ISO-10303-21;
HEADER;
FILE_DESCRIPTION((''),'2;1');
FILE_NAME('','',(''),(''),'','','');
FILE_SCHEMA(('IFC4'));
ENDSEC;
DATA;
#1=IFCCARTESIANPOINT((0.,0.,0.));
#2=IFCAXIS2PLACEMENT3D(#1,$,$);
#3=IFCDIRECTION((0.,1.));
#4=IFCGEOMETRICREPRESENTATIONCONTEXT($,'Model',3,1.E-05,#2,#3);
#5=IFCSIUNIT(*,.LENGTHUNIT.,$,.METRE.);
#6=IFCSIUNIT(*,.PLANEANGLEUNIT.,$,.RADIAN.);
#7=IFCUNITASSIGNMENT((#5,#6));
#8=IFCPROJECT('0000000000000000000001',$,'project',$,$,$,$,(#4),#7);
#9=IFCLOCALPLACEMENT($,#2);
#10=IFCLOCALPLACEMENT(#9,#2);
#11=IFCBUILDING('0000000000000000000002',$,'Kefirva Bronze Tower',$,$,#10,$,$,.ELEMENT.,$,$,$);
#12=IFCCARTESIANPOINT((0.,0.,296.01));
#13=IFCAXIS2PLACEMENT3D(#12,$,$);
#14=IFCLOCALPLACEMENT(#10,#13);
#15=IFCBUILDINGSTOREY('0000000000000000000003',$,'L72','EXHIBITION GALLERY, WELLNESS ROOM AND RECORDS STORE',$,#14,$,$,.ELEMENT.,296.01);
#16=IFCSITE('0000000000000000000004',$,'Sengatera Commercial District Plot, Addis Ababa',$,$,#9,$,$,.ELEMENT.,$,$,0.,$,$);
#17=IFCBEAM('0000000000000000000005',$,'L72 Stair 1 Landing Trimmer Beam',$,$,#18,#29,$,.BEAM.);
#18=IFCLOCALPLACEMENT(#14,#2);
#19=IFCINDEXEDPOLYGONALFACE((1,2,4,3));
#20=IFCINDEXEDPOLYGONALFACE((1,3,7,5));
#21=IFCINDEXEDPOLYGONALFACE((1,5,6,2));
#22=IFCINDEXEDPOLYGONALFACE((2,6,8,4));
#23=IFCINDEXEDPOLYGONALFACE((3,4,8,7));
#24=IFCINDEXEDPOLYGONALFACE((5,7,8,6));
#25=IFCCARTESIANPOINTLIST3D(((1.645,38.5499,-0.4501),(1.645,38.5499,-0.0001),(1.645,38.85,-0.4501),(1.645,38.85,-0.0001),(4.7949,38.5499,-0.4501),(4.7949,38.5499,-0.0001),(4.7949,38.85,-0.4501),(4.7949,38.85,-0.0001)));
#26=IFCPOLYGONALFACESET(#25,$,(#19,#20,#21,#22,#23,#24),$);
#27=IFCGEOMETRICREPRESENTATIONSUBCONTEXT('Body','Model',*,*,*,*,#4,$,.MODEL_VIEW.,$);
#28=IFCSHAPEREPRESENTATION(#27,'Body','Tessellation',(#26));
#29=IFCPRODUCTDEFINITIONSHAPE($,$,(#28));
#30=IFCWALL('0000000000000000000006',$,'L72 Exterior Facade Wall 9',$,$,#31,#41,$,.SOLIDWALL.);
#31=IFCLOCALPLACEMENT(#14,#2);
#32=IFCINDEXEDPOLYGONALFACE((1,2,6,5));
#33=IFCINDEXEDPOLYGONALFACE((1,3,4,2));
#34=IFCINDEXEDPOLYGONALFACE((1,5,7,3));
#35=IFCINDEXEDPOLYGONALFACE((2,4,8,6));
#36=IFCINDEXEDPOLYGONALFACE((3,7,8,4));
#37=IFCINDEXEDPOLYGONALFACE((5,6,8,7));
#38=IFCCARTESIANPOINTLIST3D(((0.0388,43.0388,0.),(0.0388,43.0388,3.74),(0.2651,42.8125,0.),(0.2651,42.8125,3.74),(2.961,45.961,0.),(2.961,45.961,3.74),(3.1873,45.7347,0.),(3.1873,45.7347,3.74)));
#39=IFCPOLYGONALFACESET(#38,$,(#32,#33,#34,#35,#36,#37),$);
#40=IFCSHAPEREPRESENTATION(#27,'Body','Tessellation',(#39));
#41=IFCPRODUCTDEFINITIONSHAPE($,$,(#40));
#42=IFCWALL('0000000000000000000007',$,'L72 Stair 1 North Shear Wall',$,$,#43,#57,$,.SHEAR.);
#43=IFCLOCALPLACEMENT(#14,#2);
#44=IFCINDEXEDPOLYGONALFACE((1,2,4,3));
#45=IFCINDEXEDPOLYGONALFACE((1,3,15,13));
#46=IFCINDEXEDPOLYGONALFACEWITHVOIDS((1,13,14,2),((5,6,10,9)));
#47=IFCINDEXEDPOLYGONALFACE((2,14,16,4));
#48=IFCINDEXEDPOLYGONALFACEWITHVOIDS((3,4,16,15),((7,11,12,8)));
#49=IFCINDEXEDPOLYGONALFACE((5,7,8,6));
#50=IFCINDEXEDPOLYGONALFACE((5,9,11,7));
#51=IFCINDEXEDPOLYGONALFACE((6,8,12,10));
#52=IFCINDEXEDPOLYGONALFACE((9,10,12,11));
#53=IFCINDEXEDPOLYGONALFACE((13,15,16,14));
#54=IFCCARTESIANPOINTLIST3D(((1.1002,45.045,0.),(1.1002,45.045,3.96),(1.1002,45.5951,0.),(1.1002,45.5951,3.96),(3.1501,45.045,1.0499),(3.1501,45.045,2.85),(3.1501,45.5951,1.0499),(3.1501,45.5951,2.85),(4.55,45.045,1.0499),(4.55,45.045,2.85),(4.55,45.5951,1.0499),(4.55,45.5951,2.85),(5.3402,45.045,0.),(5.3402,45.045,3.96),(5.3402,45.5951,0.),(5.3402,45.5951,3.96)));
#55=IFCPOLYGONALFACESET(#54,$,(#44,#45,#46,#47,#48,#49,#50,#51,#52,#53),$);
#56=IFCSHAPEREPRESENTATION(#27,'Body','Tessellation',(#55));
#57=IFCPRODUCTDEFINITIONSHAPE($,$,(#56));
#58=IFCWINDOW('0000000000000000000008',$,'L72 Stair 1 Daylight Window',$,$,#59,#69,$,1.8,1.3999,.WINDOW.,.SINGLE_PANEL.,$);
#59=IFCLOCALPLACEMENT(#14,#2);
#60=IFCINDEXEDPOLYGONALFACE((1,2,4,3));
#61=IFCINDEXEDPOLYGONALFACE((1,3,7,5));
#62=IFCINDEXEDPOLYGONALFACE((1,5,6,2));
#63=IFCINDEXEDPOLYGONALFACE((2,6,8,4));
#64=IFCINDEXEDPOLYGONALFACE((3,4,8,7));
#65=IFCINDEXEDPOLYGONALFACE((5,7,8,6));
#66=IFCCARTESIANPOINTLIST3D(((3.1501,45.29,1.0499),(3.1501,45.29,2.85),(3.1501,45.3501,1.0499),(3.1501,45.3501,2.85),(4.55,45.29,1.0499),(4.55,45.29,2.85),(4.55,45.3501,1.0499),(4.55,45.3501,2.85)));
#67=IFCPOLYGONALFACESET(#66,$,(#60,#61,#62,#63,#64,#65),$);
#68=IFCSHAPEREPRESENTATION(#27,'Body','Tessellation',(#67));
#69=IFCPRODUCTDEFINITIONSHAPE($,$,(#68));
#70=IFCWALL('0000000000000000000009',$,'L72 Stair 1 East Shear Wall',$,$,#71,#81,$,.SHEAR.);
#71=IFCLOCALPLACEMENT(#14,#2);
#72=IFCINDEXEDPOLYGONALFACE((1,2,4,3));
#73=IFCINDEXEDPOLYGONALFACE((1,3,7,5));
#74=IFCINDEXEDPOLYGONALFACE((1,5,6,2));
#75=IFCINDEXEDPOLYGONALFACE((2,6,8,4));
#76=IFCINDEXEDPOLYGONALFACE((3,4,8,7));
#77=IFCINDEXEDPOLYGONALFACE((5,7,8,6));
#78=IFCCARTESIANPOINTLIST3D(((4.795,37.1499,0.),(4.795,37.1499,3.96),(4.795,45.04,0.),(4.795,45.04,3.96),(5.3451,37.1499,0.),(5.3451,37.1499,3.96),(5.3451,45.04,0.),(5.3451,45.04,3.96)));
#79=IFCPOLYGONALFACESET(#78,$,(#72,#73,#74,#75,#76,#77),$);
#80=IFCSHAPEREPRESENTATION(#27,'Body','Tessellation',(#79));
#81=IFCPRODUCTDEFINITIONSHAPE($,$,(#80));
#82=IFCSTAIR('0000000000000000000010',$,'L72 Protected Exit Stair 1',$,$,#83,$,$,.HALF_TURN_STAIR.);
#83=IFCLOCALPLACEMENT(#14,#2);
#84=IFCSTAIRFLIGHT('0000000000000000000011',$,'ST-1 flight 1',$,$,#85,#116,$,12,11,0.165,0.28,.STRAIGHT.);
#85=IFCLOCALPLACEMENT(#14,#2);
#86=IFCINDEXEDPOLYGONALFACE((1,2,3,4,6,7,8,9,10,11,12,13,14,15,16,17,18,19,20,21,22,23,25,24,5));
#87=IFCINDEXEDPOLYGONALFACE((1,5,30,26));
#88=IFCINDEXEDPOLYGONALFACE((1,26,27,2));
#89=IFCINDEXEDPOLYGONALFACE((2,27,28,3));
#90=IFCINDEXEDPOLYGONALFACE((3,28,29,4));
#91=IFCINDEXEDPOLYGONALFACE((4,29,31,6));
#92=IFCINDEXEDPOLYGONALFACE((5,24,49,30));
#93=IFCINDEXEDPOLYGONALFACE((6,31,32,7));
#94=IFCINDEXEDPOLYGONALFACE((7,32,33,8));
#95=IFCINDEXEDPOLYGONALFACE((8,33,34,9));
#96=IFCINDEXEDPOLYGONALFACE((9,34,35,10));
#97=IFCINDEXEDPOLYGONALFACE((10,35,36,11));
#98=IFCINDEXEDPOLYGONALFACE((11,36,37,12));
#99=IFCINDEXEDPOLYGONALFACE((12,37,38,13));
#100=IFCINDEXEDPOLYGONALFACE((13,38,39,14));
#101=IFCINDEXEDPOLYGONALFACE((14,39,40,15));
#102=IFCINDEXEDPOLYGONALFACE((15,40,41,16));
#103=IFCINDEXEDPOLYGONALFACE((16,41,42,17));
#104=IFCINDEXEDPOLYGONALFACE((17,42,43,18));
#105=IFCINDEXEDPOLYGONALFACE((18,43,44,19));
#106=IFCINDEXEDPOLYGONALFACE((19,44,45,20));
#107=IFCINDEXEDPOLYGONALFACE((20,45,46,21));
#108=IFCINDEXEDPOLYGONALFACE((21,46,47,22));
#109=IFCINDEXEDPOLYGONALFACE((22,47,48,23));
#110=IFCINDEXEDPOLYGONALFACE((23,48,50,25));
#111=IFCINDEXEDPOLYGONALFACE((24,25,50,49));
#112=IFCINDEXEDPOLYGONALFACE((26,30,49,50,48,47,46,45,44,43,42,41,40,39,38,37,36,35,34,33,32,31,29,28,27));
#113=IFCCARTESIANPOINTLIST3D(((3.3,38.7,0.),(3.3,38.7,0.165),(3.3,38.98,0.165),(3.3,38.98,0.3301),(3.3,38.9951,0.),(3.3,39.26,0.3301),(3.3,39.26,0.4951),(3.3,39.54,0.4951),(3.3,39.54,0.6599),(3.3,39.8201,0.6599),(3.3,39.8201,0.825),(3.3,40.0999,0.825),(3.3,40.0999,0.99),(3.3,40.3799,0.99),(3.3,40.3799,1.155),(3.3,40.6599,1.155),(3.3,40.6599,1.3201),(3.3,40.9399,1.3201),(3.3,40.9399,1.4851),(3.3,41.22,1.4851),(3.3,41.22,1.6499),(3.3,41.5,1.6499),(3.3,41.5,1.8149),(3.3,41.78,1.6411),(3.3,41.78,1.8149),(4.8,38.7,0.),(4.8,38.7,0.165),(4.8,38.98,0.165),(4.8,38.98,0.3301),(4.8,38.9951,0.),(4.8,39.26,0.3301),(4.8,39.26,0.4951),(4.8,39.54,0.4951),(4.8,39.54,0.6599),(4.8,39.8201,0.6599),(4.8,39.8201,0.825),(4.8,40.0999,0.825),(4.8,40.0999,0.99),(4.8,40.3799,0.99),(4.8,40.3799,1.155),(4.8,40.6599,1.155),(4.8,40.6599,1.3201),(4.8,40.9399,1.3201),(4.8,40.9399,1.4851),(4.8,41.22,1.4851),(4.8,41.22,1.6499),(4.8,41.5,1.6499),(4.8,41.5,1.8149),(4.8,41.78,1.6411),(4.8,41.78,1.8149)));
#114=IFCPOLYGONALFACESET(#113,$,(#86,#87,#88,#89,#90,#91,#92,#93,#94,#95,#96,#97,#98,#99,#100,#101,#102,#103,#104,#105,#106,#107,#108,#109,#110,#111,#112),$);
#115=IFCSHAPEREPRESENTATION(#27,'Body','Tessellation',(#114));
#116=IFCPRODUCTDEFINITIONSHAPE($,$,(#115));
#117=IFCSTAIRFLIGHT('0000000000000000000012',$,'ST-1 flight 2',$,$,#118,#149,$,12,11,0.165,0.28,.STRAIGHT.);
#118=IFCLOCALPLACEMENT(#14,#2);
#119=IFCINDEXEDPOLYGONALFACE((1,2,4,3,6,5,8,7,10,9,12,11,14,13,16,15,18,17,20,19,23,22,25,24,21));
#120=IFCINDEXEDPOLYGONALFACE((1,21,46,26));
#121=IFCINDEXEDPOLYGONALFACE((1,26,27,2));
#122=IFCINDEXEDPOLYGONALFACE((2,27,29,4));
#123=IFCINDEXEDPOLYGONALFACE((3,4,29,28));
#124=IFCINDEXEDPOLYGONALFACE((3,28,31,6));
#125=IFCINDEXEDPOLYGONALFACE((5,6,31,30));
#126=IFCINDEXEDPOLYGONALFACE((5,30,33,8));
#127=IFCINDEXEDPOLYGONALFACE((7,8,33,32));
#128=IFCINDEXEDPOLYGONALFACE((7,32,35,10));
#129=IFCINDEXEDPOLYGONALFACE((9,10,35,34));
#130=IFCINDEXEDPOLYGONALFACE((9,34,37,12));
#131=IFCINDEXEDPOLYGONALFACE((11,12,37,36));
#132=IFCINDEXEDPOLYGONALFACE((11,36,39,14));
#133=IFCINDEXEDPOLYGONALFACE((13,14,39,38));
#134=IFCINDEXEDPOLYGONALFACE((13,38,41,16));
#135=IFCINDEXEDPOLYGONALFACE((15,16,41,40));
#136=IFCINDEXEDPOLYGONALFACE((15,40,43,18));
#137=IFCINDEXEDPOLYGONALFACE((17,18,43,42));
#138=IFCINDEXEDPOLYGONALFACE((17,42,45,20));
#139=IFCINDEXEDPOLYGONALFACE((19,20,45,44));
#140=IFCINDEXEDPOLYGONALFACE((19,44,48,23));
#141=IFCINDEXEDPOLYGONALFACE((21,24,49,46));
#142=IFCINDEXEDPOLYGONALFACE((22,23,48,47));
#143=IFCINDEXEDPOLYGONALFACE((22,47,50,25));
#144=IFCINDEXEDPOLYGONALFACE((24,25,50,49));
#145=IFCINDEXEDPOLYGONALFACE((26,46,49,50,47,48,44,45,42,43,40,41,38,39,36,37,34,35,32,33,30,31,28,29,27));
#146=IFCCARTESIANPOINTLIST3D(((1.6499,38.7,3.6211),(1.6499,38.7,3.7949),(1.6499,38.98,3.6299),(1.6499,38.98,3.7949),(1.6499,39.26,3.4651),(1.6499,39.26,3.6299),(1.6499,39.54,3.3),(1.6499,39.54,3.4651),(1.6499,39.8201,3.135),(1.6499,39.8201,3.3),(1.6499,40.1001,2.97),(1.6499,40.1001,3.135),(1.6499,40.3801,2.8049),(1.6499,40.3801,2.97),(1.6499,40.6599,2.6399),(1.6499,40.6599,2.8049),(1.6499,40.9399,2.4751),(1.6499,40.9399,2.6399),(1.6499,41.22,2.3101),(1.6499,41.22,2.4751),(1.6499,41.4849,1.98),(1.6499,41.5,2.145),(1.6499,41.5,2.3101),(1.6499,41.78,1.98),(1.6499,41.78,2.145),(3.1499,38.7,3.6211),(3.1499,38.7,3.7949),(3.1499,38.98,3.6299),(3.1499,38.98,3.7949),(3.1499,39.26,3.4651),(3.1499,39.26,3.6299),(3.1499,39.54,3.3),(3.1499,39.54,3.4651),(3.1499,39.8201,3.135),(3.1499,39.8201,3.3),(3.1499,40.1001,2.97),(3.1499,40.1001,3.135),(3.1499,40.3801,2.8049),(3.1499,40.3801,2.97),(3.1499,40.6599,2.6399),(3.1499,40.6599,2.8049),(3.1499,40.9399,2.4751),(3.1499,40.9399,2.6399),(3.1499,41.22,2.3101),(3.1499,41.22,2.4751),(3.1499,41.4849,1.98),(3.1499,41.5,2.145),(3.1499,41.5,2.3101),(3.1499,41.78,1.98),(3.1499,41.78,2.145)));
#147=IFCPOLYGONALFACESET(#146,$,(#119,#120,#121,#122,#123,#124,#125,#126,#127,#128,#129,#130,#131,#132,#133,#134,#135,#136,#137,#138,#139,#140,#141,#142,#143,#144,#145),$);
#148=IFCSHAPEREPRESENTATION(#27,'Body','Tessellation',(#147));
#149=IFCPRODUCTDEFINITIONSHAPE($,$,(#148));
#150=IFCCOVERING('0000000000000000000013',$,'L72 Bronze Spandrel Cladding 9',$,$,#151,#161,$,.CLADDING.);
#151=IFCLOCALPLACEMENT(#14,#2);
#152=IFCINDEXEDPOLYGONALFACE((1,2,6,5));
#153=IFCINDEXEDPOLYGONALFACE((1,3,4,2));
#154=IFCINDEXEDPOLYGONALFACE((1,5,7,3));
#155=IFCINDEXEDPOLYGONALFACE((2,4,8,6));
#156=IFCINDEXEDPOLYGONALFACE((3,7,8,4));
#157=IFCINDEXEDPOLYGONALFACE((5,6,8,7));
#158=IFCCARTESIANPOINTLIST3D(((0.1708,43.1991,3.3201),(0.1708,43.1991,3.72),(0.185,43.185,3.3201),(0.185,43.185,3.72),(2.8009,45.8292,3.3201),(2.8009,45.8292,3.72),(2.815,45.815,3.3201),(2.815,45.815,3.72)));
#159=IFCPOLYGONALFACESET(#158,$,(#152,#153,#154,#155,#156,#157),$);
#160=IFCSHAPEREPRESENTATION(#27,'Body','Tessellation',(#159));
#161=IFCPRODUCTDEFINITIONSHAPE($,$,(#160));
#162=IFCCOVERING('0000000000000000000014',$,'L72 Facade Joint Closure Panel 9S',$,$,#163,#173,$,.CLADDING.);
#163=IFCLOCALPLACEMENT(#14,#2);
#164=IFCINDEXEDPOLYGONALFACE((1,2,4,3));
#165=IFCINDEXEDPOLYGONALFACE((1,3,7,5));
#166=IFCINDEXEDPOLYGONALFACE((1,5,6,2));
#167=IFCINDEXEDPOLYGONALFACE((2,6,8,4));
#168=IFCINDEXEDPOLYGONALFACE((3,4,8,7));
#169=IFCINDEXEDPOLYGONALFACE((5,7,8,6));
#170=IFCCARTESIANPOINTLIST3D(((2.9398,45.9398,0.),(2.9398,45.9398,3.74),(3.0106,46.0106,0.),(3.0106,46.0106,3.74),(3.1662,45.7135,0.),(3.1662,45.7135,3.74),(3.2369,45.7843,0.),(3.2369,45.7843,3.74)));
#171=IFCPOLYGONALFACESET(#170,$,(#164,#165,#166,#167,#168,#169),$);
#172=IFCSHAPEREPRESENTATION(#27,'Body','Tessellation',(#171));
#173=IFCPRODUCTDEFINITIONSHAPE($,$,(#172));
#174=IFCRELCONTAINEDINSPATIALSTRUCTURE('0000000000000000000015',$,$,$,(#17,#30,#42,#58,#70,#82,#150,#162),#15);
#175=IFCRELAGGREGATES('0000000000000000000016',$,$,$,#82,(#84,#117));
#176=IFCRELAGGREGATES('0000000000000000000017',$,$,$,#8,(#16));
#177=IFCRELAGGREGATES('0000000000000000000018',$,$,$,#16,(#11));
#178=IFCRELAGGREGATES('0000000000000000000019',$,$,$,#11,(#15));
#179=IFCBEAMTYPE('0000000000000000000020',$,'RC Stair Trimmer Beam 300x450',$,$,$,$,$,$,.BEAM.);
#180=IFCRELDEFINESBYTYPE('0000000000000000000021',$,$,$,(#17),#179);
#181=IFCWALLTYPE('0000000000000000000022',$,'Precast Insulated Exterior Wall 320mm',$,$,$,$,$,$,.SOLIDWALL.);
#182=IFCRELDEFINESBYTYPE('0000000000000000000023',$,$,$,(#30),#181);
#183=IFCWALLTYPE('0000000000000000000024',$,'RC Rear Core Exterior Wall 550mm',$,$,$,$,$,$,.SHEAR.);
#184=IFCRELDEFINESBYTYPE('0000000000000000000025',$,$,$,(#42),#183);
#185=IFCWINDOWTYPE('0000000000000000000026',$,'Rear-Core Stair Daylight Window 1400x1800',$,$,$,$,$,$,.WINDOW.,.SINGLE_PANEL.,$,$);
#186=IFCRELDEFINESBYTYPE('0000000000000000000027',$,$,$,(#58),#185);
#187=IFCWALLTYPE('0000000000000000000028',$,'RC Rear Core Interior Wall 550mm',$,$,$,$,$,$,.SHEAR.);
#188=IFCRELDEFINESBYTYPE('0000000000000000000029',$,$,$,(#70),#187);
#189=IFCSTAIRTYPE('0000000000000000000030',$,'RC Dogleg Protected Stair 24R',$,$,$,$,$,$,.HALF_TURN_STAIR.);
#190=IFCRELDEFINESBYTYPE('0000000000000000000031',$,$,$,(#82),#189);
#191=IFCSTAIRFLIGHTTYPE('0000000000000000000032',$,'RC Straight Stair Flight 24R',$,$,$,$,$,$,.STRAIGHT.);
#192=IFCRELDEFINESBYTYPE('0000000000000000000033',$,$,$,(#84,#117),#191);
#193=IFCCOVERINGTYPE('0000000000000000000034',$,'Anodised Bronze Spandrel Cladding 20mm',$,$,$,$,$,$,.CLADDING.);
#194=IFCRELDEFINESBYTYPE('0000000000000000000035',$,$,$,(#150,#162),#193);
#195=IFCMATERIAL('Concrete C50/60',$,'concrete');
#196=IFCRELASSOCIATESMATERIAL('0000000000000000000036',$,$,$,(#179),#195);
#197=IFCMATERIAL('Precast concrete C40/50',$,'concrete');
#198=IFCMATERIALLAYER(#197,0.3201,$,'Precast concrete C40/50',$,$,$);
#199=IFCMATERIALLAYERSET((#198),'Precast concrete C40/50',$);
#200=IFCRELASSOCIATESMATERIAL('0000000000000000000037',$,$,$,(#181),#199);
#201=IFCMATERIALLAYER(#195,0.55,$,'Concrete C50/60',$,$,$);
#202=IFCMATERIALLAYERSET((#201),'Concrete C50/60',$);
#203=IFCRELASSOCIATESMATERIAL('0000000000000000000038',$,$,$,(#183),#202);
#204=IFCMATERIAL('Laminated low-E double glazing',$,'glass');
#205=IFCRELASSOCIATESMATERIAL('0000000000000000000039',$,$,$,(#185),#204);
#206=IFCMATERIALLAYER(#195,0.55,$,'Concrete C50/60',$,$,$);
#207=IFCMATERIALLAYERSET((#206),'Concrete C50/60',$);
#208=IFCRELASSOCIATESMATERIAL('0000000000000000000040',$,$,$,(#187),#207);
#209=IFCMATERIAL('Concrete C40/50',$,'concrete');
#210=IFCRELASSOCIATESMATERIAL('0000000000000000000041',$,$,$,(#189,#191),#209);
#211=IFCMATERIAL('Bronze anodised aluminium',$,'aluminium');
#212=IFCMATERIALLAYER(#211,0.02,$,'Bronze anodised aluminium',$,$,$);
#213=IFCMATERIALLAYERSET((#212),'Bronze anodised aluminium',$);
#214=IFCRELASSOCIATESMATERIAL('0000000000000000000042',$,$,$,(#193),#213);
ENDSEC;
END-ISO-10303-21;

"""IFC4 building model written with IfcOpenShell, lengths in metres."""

from ifc_helpers import new_model, si_unit, direction, frame, frame_2d, origin, origin_2d, place, context, subcontext, project, spatial, polyline, rectangle, outline, extrude, material, layer, layer_set, material_profile, profile_set, type_object, element, fill, aggregate, save


model = new_model("IFC4")

# Units and contexts
model_context = context("Model", 3, precision=1e-05, world=origin(), true_north=direction((0.0, 1.0)))
body_context = subcontext(model_context, "Body", "Model", "MODEL_VIEW")
ifc_project = project(units=[si_unit("LENGTHUNIT", "METRE"), si_unit("PLANEANGLEUNIT", "RADIAN")], contexts=[model_context])

# Site, building, storey
site_placement = place(None, origin())
site = spatial("IfcSite", under=ifc_project, at=site_placement, Name="Sengatera Commercial District Plot, Addis Ababa", CompositionType="ELEMENT", RefElevation=0.0)
building_placement = place(site_placement, origin())
building = spatial("IfcBuilding", under=site, at=building_placement, Name="Kefirva Bronze Tower", CompositionType="ELEMENT")
storey_placement = place(building_placement, frame((0.0, 0.0, 296.01)))
storey = spatial("IfcBuildingStorey", under=building, at=storey_placement, Name="L72", Description="EXHIBITION GALLERY, WELLNESS ROOM AND RECORDS STORE", CompositionType="ELEMENT", Elevation=296.01)

# Beam
ifc_material_1 = material(Name="Concrete C50/60", Category="concrete")
ifc_material_profile = material_profile(ifc_material_1, rectangle(XDim=0.3, YDim=0.45, at=origin_2d()), Name="RC 300x450")
ifc_profile_set = profile_set([ifc_material_profile], Name="Concrete C50/60")
beam_type = type_object("IfcBeamType", Name="RC Stair Trimmer Beam 300x450", PredefinedType="BEAM", material=ifc_profile_set)
beam_placement = place(storey_placement, frame((1.645, 38.7, -0.2251), z_axis=(1.0, 0.0, 0.0), x_axis=(0.0, 1.0, 0.0)))
element("IfcBeam", 1, at=beam_placement, inside=storey, type_object=beam_type, Name="L72 Stair 1 Landing Trimmer Beam", PredefinedType="BEAM", context=body_context, shape_type="SweptSolid", body=[
    extrude(rectangle(XDim=0.3, YDim=0.45, at=origin_2d()), origin(), (0.0, 0.0, 1.0), 3.1499),
])

# Wall
ifc_material_2 = material(Name="Precast concrete C40/50", Category="concrete")
ifc_layer_1 = layer(ifc_material_2, 0.3201, Name="Precast concrete C40/50")
ifc_layer_set_1 = layer_set([ifc_layer_1], Name="Precast concrete C40/50")
wall_type_1 = type_object("IfcWallType", Name="Precast Insulated Exterior Wall 320mm", PredefinedType="SOLIDWALL", material=ifc_layer_set_1)
wall_1_placement = place(storey_placement, frame((3.0742, 45.8479, 0.0), z_axis=(0.0, 0.0, 1.0), x_axis=(-0.707107, -0.707107, 0.0)))
element("IfcWall", 2, at=wall_1_placement, inside=storey, type_object=wall_type_1, Name="L72 Exterior Facade Wall 9", PredefinedType="SOLIDWALL", context=body_context, shape_type="SweptSolid", body=[
    extrude(rectangle(XDim=4.1326, YDim=0.3201, at=frame_2d((2.0664, 0.0))), origin(), (0.0, 0.0, 1.0), 3.74),
])

# Wall, opening, window
ifc_layer_2 = layer(ifc_material_1, 0.55, Name="Concrete C50/60")
ifc_layer_set_2 = layer_set([ifc_layer_2], Name="Concrete C50/60")
wall_type_2 = type_object("IfcWallType", Name="RC Rear Core Exterior Wall 550mm", PredefinedType="SHEAR", material=ifc_layer_set_2)
wall_2_placement = place(storey_placement, frame((1.1001, 45.3201, 0.0), z_axis=(0.0, 0.0, 1.0), x_axis=(1.0, 0.0, 0.0)))
wall_2 = element("IfcWall", 3, at=wall_2_placement, inside=storey, type_object=wall_type_2, Name="L72 Stair 1 North Shear Wall", PredefinedType="SHEAR", context=body_context, shape_type="SweptSolid", body=[
    extrude(rectangle(XDim=4.24, YDim=0.55, at=frame_2d((2.1201, 0.0))), origin(), (0.0, 0.0, 1.0), 3.96),
])
opening_1_placement = place(wall_2_placement, frame((2.05, 0.0, 1.05)))
opening_1 = element("IfcOpeningElement", 4, at=opening_1_placement, cuts=wall_2, PredefinedType="OPENING", context=body_context, shape_type="SweptSolid", body=[
    extrude(rectangle(XDim=1.3999, YDim=1.8, at=frame_2d((0.7, 0.8999))), frame((0.0, 0.2852, 0.0), z_axis=(0.0, -1.0, 0.0), x_axis=(1.0, 0.0, 0.0)), (0.0, 0.0, 1.0), 0.5701),
])
ifc_material_3 = material(Name="Laminated low-E double glazing", Category="glass")
window_type = type_object("IfcWindowType", Name="Rear-Core Stair Daylight Window 1400x1800", PartitioningType="SINGLE_PANEL", PredefinedType="WINDOW", material=ifc_material_3)
window_placement = place(opening_1_placement, origin())
window = element("IfcWindow", 5, at=window_placement, inside=storey, type_object=window_type, Name="L72 Stair 1 Daylight Window", OverallHeight=1.8, OverallWidth=1.3999, PartitioningType="SINGLE_PANEL", PredefinedType="WINDOW", context=body_context, shape_type="SweptSolid", body=[
    extrude(rectangle(XDim=1.3999, YDim=1.8, at=frame_2d((0.7, 0.8999))), frame((0.0, 0.03, 0.0), z_axis=(0.0, -1.0, 0.0), x_axis=(1.0, 0.0, 0.0)), (0.0, 0.0, 1.0), 0.0601),
])
fill(opening_1, window)

# Wall
ifc_layer_3 = layer(ifc_material_1, 0.55, Name="Concrete C50/60")
ifc_layer_set_3 = layer_set([ifc_layer_3], Name="Concrete C50/60")
wall_type_3 = type_object("IfcWallType", Name="RC Rear Core Interior Wall 550mm", PredefinedType="SHEAR", material=ifc_layer_set_3)
wall_3_placement = place(storey_placement, frame((5.0701, 37.1499, 0.0), z_axis=(0.0, 0.0, 1.0), x_axis=(0.0, 1.0, 0.0)))
element("IfcWall", 6, at=wall_3_placement, inside=storey, type_object=wall_type_3, Name="L72 Stair 1 East Shear Wall", PredefinedType="SHEAR", context=body_context, shape_type="SweptSolid", body=[
    extrude(rectangle(XDim=7.8901, YDim=0.55, at=frame_2d((3.9451, 0.0))), origin(), (0.0, 0.0, 1.0), 3.96),
])

# Stair, stair flights
ifc_material_4 = material(Name="Concrete C40/50", Category="concrete")
stair_type = type_object("IfcStairType", Name="RC Dogleg Protected Stair 24R", PredefinedType="HALF_TURN_STAIR", material=ifc_material_4)
stair_placement = place(storey_placement, origin())
stair = element("IfcStair", 7, at=stair_placement, inside=storey, type_object=stair_type, Name="L72 Protected Exit Stair 1", PredefinedType="HALF_TURN_STAIR")
stair_flight_type = type_object("IfcStairFlightType", Name="RC Straight Stair Flight 24R", PredefinedType="STRAIGHT", material=ifc_material_4)
stair_flight_1_placement = place(storey_placement, frame((4.05, 38.7, 0.0), z_axis=(0.0, 0.0, 1.0), x_axis=(0.0, 1.0, 0.0)))
stair_flight_1 = element("IfcStairFlight", 8, at=stair_flight_1_placement, type_object=stair_flight_type, Name="ST-1 flight 1", NumberOfRisers=12, NumberOfTreads=11, PredefinedType="STRAIGHT", RiserHeight=0.165, TreadLength=0.28, context=body_context, shape_type="SweptSolid", body=[
    extrude(outline(polyline([(0.0, 0.0), (0.0, 0.165), (0.28, 0.165), (0.28, 0.3301), (0.5601, 0.3301), (0.5601, 0.4951), (0.8401, 0.4951), (0.8401, 0.6599), (1.1201, 0.6599), (1.1201, 0.825), (1.3999, 0.825), (1.3999, 0.99), (1.6799, 0.99), (1.6799, 1.155), (1.96, 1.155), (1.96, 1.3201), (2.24, 1.3201), (2.24, 1.4851), (2.52, 1.4851), (2.52, 1.6499), (2.8, 1.6499), (2.8, 1.8149), (3.0801, 1.8149), (3.0801, 1.98), (3.0801, 1.6411), (0.2952, 0.0), (0.0, 0.0)])), frame((0.0, 0.75, 0.0), z_axis=(0.0, -1.0, 0.0), x_axis=(1.0, 0.0, 0.0)), (0.0, 0.0, 1.0), 1.5),
])
stair_flight_2_placement = place(storey_placement, frame((2.3999, 41.78, 1.98), z_axis=(0.0, 0.0, 1.0), x_axis=(0.0, -1.0, 0.0)))
stair_flight_2 = element("IfcStairFlight", 9, at=stair_flight_2_placement, type_object=stair_flight_type, Name="ST-1 flight 2", NumberOfRisers=12, NumberOfTreads=11, PredefinedType="STRAIGHT", RiserHeight=0.165, TreadLength=0.28, context=body_context, shape_type="SweptSolid", body=[
    extrude(outline(polyline([(0.0, 0.0), (0.0, 0.165), (0.28, 0.165), (0.28, 0.3301), (0.5601, 0.3301), (0.5601, 0.4951), (0.8401, 0.4951), (0.8401, 0.6599), (1.1201, 0.6599), (1.1201, 0.825), (1.3999, 0.825), (1.3999, 0.99), (1.6799, 0.99), (1.6799, 1.155), (1.96, 1.155), (1.96, 1.3201), (2.24, 1.3201), (2.24, 1.4851), (2.52, 1.4851), (2.52, 1.6499), (2.8, 1.6499), (2.8, 1.8149), (3.0801, 1.8149), (3.0801, 1.98), (3.0801, 1.6411), (0.2952, 0.0), (0.0, 0.0)])), frame((0.0, 0.75, 0.0), z_axis=(0.0, -1.0, 0.0), x_axis=(1.0, 0.0, 0.0)), (0.0, 0.0, 1.0), 1.5),
])
aggregate(stair, [stair_flight_1, stair_flight_2])

# Coverings
ifc_material_5 = material(Name="Bronze anodised aluminium", Category="aluminium")
ifc_layer_4 = layer(ifc_material_5, 0.02, Name="Bronze anodised aluminium")
ifc_layer_set_4 = layer_set([ifc_layer_4], Name="Bronze anodised aluminium")
covering_type_1 = type_object("IfcCoveringType", Name="Anodised Bronze Spandrel Cladding 20mm", PredefinedType="CLADDING", material=ifc_layer_set_4)
covering_1_placement = place(storey_placement, frame((1.4929, 44.5071, 3.3201), z_axis=(0.0, 0.0, 1.0), x_axis=(-0.707107, -0.707107, 0.0)))
element("IfcCovering", 10, at=covering_1_placement, inside=storey, type_object=covering_type_1, Name="L72 Bronze Spandrel Cladding 9", PredefinedType="CLADDING", context=body_context, shape_type="SweptSolid", body=[
    extrude(rectangle(XDim=3.7195, YDim=0.02, at=origin_2d()), origin(), (0.0, 0.0, 1.0), 0.3999),
])
for number, where, z_axis, x_axis, name in (
    (11, (3.0884, 45.8621, 0.0), (0.0, 0.0, 1.0), (-0.707107, -0.707107, 0.0), "L72 Facade Joint Closure Panel 9S"),
):
    element("IfcCovering", number, at=place(storey_placement, frame(where, z_axis=z_axis, x_axis=x_axis)), inside=storey, type_object=covering_type_1, Name=name, PredefinedType="CLADDING", context=body_context, shape_type="SweptSolid", body=[
        extrude(rectangle(XDim=0.1001, YDim=0.3201, at=origin_2d()), origin(), (0.0, 0.0, 1.0), 3.74),
    ])

save(model, "model.ifc")
